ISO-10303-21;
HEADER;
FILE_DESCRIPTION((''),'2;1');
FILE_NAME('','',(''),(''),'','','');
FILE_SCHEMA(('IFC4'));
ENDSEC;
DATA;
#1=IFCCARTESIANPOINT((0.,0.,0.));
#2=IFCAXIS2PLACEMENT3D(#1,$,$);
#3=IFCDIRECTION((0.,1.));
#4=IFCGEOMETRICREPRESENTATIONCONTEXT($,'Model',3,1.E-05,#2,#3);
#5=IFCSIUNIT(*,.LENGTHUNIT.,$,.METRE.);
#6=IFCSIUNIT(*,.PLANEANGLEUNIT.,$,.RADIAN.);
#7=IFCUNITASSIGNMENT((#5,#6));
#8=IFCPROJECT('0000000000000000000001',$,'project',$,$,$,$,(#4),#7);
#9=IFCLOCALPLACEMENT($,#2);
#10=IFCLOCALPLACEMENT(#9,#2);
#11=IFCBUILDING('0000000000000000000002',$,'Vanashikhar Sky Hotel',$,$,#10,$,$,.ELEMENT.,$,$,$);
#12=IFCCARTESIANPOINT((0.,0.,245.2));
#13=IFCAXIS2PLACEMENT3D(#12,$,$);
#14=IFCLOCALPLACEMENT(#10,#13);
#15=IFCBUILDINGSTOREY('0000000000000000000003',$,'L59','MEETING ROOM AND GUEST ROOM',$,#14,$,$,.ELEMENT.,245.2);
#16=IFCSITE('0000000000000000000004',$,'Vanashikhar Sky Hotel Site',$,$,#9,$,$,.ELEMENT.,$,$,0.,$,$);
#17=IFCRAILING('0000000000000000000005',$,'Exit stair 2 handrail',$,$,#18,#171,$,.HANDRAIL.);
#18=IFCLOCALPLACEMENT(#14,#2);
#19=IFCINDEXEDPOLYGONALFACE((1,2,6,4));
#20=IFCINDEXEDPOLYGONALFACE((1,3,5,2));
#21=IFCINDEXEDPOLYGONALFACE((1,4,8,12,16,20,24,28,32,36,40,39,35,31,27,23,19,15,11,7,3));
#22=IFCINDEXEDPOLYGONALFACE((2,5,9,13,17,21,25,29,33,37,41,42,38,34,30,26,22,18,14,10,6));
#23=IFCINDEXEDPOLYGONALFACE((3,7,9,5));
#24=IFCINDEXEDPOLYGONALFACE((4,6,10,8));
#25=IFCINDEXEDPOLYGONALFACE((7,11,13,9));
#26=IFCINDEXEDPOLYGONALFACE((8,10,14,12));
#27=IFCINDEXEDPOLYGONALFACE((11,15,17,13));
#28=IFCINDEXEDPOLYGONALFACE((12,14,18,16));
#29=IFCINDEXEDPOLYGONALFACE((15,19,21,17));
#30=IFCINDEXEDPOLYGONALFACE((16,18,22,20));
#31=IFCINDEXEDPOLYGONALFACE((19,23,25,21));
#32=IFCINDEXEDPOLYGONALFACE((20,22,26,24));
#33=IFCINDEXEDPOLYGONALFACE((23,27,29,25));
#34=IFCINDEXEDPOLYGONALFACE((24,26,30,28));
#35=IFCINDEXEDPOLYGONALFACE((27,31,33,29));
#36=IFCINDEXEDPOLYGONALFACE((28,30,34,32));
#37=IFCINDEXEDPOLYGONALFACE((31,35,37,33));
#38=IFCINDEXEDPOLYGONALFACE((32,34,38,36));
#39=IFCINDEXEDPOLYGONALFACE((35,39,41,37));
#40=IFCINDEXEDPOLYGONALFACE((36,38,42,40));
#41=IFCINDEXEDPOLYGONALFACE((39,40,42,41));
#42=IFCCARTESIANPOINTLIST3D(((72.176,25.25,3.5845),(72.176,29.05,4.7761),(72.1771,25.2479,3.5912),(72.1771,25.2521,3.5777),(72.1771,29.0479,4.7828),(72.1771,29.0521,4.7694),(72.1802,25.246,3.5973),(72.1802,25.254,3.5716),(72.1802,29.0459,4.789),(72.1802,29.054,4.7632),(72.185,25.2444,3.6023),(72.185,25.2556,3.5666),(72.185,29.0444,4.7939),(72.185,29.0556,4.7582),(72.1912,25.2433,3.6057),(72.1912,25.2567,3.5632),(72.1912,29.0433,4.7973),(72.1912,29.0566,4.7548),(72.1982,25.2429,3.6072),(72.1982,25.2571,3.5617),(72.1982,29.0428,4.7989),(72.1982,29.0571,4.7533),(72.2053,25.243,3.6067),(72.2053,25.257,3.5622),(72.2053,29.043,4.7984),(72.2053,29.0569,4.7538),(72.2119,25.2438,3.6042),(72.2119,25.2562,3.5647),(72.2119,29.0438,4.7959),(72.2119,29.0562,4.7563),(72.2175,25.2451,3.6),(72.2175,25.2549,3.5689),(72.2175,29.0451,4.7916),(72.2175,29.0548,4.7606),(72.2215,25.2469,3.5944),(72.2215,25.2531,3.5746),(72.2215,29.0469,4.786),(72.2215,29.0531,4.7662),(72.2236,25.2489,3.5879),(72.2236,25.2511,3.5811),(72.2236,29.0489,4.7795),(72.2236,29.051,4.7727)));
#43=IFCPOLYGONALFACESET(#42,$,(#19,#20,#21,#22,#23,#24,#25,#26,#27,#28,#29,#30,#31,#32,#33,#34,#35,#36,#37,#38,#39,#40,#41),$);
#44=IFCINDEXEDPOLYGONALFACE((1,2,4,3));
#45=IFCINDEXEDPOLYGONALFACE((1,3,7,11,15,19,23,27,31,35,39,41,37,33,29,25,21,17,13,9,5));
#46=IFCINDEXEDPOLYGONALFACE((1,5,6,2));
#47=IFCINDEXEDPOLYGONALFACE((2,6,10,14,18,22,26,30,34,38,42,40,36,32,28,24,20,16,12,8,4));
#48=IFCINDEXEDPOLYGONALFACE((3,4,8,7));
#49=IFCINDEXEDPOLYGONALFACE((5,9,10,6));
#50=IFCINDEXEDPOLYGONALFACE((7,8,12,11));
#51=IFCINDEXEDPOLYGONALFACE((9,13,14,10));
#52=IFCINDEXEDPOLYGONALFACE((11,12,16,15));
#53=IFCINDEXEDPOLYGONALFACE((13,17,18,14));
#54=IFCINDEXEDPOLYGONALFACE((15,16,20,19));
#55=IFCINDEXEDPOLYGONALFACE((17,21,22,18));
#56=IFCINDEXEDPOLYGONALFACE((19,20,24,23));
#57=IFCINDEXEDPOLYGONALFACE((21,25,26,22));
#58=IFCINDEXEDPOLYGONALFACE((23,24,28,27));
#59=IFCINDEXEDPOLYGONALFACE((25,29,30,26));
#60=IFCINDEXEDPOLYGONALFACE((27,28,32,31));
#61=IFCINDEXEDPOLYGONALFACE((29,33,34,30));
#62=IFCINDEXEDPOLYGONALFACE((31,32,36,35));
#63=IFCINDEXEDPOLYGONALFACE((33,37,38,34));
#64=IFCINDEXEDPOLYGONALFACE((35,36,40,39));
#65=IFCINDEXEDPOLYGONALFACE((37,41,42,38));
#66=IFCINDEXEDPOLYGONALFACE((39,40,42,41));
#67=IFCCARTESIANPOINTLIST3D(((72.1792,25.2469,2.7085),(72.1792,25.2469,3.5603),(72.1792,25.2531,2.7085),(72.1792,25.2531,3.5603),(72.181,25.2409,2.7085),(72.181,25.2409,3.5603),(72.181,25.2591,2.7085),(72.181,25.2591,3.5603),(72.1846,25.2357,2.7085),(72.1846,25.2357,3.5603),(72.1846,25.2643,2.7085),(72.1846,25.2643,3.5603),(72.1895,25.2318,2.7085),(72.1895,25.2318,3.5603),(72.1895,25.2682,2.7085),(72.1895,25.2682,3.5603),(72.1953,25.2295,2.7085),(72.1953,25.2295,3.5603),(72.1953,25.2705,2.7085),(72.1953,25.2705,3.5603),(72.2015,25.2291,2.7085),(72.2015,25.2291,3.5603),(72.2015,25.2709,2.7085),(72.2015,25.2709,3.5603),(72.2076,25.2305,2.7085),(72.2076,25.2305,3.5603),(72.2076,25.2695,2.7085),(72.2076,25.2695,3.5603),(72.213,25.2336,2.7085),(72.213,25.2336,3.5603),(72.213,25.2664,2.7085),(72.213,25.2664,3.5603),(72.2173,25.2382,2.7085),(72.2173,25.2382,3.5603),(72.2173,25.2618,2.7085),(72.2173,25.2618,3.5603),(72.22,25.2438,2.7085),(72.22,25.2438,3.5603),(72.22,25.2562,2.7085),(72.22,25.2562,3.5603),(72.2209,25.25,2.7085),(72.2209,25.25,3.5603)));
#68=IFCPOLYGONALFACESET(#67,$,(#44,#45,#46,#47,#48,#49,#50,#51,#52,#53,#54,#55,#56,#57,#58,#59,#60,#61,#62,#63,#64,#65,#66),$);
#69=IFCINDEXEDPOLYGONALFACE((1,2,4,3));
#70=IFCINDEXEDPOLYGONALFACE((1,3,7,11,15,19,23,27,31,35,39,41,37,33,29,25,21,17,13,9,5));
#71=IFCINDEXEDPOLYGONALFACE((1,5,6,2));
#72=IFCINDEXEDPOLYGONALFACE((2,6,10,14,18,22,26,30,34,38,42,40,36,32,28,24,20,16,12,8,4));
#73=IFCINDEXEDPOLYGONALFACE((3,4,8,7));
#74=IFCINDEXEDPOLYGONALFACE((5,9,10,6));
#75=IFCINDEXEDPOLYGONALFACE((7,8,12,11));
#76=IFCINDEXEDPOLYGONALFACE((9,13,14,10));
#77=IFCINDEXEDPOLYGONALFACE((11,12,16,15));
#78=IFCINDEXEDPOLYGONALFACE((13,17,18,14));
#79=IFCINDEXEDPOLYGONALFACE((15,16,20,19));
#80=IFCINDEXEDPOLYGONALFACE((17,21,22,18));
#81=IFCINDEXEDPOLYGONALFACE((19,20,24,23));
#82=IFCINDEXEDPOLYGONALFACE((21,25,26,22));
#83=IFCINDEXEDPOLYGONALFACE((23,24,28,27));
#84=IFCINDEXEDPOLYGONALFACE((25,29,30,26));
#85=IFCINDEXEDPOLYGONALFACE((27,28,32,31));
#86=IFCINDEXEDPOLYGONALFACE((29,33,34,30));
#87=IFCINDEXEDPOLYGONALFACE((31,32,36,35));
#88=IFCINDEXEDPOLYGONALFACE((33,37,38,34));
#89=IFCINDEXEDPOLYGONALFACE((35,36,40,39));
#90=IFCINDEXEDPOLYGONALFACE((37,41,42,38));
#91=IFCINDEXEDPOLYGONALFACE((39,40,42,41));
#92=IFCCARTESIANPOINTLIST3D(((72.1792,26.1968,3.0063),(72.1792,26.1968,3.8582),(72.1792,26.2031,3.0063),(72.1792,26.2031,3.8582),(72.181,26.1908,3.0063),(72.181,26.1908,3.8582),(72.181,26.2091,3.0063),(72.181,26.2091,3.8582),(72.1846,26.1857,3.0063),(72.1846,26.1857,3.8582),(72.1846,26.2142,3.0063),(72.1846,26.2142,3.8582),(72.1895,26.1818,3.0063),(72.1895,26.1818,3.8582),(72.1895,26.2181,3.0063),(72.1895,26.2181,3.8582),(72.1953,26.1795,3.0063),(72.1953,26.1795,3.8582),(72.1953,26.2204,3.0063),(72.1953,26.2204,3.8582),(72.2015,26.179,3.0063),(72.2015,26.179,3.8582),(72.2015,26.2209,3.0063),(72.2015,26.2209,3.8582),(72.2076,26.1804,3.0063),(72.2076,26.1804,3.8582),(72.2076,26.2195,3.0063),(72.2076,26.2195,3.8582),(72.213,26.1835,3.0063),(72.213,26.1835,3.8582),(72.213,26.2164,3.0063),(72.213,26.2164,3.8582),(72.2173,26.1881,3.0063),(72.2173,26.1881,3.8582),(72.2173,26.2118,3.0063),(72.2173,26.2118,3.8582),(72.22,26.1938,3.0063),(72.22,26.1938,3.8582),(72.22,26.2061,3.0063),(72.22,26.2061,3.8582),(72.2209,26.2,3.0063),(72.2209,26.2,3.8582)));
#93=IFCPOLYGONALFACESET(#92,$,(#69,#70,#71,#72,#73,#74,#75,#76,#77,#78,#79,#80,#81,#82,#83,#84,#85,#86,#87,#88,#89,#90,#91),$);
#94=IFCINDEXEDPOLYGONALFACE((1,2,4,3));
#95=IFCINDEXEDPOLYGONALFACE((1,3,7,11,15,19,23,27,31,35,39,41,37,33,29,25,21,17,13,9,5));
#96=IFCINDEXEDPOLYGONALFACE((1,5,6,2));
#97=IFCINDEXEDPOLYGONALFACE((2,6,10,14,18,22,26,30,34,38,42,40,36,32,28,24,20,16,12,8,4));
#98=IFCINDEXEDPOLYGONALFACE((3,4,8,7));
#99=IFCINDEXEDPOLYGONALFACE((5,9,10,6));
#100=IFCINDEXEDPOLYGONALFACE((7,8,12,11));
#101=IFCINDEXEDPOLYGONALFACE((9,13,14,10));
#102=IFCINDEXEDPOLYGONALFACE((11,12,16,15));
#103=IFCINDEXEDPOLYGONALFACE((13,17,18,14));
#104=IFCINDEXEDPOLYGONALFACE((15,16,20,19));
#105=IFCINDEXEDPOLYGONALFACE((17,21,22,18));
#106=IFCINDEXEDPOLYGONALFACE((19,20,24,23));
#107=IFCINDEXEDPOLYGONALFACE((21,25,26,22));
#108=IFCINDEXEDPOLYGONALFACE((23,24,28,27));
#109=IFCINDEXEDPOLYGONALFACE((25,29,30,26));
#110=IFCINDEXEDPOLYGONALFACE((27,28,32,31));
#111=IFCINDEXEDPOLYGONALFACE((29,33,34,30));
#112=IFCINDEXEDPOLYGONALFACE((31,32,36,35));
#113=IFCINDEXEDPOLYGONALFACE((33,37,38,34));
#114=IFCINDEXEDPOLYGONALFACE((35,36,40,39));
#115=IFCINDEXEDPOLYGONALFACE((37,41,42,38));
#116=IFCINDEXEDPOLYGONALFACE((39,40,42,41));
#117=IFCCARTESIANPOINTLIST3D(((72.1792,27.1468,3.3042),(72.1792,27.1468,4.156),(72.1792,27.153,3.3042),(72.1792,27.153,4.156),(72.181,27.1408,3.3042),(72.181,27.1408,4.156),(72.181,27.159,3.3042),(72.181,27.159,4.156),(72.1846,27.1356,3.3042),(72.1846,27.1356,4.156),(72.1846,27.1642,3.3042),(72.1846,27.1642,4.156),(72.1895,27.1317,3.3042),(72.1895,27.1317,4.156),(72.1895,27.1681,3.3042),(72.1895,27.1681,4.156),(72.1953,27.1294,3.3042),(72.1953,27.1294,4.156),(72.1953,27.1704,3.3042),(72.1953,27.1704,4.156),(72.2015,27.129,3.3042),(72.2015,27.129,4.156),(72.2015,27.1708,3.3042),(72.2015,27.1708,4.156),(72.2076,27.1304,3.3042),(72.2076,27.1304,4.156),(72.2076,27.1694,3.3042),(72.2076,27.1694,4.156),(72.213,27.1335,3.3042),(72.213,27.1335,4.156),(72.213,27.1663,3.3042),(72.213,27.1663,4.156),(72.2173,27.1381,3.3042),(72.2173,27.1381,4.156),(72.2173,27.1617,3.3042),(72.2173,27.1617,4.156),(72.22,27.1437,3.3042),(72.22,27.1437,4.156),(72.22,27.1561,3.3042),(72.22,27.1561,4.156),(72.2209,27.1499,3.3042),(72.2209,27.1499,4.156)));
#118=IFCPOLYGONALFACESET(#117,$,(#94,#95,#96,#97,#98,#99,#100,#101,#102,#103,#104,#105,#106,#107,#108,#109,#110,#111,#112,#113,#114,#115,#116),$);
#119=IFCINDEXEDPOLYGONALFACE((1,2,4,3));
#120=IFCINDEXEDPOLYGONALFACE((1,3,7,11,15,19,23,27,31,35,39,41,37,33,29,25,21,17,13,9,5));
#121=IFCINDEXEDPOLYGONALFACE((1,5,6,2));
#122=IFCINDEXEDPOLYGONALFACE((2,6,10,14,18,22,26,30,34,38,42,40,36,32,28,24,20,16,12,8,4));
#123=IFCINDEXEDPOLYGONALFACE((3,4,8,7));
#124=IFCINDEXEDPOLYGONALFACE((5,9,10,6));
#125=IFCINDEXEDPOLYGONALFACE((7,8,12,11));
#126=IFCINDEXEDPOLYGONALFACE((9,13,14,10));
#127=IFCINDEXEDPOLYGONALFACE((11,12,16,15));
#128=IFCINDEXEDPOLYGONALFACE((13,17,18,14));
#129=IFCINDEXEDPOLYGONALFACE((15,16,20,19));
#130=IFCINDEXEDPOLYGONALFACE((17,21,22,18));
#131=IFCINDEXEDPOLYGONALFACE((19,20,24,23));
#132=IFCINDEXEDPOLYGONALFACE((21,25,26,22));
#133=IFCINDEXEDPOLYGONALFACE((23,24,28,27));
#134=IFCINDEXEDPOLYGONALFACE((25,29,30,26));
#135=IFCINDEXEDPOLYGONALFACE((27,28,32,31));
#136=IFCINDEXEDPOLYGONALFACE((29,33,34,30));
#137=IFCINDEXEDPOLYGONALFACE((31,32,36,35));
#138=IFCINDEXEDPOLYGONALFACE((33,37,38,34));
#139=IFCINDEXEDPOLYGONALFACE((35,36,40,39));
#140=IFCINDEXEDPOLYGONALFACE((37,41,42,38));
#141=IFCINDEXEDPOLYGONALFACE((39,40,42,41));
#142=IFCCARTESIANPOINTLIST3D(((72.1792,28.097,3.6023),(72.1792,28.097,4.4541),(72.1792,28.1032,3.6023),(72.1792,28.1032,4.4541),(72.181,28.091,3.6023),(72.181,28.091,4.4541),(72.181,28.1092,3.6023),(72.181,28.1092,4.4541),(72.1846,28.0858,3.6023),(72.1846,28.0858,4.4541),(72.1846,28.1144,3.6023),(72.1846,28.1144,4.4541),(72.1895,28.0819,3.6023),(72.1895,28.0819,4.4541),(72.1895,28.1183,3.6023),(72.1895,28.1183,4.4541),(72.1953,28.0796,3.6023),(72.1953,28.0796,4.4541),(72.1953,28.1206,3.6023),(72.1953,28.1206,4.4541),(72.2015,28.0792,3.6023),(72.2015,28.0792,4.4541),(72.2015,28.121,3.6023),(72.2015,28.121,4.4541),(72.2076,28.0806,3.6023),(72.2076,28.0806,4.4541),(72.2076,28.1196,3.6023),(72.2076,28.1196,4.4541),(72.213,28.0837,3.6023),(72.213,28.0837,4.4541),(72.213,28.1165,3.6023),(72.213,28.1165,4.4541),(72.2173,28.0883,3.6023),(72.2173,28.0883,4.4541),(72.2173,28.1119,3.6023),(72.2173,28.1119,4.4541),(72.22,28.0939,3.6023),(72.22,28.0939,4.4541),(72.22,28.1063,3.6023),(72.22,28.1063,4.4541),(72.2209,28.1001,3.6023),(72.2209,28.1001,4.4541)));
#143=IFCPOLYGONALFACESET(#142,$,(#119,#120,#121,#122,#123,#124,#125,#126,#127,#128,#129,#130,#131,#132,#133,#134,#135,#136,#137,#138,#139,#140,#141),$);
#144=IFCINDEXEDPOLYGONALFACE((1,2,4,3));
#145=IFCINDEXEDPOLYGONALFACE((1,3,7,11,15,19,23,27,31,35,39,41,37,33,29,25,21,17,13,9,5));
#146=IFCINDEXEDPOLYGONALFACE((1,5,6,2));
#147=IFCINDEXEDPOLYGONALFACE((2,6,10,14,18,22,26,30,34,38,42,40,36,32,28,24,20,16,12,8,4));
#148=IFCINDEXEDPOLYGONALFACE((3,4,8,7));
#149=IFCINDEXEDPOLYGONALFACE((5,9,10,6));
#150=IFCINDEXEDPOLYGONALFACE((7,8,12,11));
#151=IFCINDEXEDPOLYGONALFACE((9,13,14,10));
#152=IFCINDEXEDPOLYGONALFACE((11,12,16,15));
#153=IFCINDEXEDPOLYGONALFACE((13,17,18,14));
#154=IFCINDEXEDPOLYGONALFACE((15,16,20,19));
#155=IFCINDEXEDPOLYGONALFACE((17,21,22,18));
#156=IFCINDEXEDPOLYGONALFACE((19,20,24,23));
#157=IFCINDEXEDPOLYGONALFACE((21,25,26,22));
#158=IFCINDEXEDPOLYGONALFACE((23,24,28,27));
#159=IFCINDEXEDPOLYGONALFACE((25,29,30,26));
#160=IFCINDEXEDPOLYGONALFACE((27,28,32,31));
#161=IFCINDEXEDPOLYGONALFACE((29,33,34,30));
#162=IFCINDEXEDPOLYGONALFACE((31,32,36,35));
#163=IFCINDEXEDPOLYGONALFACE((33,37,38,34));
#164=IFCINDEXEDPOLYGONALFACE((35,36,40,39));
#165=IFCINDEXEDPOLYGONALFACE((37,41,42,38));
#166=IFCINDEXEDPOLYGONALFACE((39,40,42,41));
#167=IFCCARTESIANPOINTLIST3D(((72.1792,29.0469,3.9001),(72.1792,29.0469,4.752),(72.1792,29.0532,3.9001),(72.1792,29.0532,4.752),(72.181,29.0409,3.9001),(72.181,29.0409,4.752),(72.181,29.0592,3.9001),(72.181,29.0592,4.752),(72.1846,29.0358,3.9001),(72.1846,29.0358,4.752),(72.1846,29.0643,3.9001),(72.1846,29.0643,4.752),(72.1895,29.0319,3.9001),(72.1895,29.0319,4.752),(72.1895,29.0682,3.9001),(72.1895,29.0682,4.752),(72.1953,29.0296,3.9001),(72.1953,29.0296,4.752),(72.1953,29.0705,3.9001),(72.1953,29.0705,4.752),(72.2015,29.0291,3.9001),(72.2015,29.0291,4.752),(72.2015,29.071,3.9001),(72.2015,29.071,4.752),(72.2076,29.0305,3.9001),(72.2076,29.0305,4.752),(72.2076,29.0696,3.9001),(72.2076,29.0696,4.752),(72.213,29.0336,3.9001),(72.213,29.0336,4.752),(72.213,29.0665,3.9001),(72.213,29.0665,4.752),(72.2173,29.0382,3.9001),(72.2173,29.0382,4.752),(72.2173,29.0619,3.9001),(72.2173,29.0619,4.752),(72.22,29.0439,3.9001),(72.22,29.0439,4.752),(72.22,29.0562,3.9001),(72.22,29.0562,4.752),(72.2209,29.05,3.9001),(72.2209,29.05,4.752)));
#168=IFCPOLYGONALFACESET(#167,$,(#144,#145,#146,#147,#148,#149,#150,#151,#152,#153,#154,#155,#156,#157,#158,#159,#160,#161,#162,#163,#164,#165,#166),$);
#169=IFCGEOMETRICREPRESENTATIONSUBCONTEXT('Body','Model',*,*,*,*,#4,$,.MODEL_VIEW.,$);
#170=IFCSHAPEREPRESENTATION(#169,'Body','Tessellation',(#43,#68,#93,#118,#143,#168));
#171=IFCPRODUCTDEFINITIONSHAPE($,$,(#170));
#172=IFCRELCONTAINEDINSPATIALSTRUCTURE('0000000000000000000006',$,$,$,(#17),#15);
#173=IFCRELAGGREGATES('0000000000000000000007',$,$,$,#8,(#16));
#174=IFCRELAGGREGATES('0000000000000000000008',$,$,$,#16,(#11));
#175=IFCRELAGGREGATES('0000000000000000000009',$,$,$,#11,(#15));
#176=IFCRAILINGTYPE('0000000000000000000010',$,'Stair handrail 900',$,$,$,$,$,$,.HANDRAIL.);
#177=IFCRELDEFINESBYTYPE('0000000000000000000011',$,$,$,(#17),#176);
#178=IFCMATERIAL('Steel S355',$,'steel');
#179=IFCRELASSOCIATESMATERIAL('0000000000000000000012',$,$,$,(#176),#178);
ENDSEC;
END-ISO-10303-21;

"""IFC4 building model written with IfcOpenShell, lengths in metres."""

from ifc_helpers import new_model, si_unit, direction, frame, origin, origin_2d, place, context, subcontext, project, spatial, circle, extrude, source, transform, mapped, material, type_object, element, save


model = new_model("IFC4")

# Units and contexts
model_context = context("Model", 3, precision=1e-05, world=origin(), true_north=direction((0.0, 1.0)))
body_context = subcontext(model_context, "Body", "Model", "MODEL_VIEW")
ifc_project = project(units=[si_unit("LENGTHUNIT", "METRE"), si_unit("PLANEANGLEUNIT", "RADIAN")], contexts=[model_context])

# Site, building, storey
site_placement = place(None, origin())
site = spatial("IfcSite", under=ifc_project, at=site_placement, Name="Vanashikhar Sky Hotel Site", CompositionType="ELEMENT", RefElevation=0.0)
building_placement = place(site_placement, origin())
building = spatial("IfcBuilding", under=site, at=building_placement, Name="Vanashikhar Sky Hotel", CompositionType="ELEMENT")
storey_placement = place(building_placement, frame((0.0, 0.0, 245.2)))
storey = spatial("IfcBuildingStorey", under=building, at=storey_placement, Name="L59", Description="MEETING ROOM AND GUEST ROOM", CompositionType="ELEMENT", Elevation=245.2)

# Railing
ifc_material_1 = material(Name="Steel S355", Category="steel")
railing_type_1 = type_object("IfcRailingType", Name="Stair handrail 900", PredefinedType="HANDRAIL", material=ifc_material_1)
shared_shape_1 = source(origin(), body_context, "Body", "SweptSolid", [
    extrude(circle(Radius=0.0239, at=origin_2d()), frame((0.0, 0.0, 0.876), z_axis=(0.0, 0.954184, 0.299221), x_axis=(-1.0, 0.0, 0.0)), (0.0, 0.0, 1.0), 3.9824),
    extrude(circle(Radius=0.021, at=origin_2d()), origin(), (0.0, 0.0, 1.0), 0.8518),
    extrude(circle(Radius=0.021, at=origin_2d()), frame((0.0, 0.95, 0.2979)), (0.0, 0.0, 1.0), 0.8518),
    extrude(circle(Radius=0.021, at=origin_2d()), frame((0.0, 1.8999, 0.5957)), (0.0, 0.0, 1.0), 0.8518),
    extrude(circle(Radius=0.021, at=origin_2d()), frame((0.0, 2.8501, 0.8938)), (0.0, 0.0, 1.0), 0.8518),
    extrude(circle(Radius=0.021, at=origin_2d()), frame((0.0, 3.8, 1.1917)), (0.0, 0.0, 1.0), 0.8518),
])
for number, where, name in (
    (1, (72.2, 25.25, 2.7085), "Exit stair 2 handrail"),
):
    element("IfcRailing", number, at=place(storey_placement, frame(where)), inside=storey, type_object=railing_type_1, Name=name, PredefinedType="HANDRAIL", context=body_context, shape_type="MappedRepresentation", body=[
        mapped(shared_shape_1, transform((0.0, 0.0, 0.0), scale=1.0)),
    ])

save(model, "model.ifc")
